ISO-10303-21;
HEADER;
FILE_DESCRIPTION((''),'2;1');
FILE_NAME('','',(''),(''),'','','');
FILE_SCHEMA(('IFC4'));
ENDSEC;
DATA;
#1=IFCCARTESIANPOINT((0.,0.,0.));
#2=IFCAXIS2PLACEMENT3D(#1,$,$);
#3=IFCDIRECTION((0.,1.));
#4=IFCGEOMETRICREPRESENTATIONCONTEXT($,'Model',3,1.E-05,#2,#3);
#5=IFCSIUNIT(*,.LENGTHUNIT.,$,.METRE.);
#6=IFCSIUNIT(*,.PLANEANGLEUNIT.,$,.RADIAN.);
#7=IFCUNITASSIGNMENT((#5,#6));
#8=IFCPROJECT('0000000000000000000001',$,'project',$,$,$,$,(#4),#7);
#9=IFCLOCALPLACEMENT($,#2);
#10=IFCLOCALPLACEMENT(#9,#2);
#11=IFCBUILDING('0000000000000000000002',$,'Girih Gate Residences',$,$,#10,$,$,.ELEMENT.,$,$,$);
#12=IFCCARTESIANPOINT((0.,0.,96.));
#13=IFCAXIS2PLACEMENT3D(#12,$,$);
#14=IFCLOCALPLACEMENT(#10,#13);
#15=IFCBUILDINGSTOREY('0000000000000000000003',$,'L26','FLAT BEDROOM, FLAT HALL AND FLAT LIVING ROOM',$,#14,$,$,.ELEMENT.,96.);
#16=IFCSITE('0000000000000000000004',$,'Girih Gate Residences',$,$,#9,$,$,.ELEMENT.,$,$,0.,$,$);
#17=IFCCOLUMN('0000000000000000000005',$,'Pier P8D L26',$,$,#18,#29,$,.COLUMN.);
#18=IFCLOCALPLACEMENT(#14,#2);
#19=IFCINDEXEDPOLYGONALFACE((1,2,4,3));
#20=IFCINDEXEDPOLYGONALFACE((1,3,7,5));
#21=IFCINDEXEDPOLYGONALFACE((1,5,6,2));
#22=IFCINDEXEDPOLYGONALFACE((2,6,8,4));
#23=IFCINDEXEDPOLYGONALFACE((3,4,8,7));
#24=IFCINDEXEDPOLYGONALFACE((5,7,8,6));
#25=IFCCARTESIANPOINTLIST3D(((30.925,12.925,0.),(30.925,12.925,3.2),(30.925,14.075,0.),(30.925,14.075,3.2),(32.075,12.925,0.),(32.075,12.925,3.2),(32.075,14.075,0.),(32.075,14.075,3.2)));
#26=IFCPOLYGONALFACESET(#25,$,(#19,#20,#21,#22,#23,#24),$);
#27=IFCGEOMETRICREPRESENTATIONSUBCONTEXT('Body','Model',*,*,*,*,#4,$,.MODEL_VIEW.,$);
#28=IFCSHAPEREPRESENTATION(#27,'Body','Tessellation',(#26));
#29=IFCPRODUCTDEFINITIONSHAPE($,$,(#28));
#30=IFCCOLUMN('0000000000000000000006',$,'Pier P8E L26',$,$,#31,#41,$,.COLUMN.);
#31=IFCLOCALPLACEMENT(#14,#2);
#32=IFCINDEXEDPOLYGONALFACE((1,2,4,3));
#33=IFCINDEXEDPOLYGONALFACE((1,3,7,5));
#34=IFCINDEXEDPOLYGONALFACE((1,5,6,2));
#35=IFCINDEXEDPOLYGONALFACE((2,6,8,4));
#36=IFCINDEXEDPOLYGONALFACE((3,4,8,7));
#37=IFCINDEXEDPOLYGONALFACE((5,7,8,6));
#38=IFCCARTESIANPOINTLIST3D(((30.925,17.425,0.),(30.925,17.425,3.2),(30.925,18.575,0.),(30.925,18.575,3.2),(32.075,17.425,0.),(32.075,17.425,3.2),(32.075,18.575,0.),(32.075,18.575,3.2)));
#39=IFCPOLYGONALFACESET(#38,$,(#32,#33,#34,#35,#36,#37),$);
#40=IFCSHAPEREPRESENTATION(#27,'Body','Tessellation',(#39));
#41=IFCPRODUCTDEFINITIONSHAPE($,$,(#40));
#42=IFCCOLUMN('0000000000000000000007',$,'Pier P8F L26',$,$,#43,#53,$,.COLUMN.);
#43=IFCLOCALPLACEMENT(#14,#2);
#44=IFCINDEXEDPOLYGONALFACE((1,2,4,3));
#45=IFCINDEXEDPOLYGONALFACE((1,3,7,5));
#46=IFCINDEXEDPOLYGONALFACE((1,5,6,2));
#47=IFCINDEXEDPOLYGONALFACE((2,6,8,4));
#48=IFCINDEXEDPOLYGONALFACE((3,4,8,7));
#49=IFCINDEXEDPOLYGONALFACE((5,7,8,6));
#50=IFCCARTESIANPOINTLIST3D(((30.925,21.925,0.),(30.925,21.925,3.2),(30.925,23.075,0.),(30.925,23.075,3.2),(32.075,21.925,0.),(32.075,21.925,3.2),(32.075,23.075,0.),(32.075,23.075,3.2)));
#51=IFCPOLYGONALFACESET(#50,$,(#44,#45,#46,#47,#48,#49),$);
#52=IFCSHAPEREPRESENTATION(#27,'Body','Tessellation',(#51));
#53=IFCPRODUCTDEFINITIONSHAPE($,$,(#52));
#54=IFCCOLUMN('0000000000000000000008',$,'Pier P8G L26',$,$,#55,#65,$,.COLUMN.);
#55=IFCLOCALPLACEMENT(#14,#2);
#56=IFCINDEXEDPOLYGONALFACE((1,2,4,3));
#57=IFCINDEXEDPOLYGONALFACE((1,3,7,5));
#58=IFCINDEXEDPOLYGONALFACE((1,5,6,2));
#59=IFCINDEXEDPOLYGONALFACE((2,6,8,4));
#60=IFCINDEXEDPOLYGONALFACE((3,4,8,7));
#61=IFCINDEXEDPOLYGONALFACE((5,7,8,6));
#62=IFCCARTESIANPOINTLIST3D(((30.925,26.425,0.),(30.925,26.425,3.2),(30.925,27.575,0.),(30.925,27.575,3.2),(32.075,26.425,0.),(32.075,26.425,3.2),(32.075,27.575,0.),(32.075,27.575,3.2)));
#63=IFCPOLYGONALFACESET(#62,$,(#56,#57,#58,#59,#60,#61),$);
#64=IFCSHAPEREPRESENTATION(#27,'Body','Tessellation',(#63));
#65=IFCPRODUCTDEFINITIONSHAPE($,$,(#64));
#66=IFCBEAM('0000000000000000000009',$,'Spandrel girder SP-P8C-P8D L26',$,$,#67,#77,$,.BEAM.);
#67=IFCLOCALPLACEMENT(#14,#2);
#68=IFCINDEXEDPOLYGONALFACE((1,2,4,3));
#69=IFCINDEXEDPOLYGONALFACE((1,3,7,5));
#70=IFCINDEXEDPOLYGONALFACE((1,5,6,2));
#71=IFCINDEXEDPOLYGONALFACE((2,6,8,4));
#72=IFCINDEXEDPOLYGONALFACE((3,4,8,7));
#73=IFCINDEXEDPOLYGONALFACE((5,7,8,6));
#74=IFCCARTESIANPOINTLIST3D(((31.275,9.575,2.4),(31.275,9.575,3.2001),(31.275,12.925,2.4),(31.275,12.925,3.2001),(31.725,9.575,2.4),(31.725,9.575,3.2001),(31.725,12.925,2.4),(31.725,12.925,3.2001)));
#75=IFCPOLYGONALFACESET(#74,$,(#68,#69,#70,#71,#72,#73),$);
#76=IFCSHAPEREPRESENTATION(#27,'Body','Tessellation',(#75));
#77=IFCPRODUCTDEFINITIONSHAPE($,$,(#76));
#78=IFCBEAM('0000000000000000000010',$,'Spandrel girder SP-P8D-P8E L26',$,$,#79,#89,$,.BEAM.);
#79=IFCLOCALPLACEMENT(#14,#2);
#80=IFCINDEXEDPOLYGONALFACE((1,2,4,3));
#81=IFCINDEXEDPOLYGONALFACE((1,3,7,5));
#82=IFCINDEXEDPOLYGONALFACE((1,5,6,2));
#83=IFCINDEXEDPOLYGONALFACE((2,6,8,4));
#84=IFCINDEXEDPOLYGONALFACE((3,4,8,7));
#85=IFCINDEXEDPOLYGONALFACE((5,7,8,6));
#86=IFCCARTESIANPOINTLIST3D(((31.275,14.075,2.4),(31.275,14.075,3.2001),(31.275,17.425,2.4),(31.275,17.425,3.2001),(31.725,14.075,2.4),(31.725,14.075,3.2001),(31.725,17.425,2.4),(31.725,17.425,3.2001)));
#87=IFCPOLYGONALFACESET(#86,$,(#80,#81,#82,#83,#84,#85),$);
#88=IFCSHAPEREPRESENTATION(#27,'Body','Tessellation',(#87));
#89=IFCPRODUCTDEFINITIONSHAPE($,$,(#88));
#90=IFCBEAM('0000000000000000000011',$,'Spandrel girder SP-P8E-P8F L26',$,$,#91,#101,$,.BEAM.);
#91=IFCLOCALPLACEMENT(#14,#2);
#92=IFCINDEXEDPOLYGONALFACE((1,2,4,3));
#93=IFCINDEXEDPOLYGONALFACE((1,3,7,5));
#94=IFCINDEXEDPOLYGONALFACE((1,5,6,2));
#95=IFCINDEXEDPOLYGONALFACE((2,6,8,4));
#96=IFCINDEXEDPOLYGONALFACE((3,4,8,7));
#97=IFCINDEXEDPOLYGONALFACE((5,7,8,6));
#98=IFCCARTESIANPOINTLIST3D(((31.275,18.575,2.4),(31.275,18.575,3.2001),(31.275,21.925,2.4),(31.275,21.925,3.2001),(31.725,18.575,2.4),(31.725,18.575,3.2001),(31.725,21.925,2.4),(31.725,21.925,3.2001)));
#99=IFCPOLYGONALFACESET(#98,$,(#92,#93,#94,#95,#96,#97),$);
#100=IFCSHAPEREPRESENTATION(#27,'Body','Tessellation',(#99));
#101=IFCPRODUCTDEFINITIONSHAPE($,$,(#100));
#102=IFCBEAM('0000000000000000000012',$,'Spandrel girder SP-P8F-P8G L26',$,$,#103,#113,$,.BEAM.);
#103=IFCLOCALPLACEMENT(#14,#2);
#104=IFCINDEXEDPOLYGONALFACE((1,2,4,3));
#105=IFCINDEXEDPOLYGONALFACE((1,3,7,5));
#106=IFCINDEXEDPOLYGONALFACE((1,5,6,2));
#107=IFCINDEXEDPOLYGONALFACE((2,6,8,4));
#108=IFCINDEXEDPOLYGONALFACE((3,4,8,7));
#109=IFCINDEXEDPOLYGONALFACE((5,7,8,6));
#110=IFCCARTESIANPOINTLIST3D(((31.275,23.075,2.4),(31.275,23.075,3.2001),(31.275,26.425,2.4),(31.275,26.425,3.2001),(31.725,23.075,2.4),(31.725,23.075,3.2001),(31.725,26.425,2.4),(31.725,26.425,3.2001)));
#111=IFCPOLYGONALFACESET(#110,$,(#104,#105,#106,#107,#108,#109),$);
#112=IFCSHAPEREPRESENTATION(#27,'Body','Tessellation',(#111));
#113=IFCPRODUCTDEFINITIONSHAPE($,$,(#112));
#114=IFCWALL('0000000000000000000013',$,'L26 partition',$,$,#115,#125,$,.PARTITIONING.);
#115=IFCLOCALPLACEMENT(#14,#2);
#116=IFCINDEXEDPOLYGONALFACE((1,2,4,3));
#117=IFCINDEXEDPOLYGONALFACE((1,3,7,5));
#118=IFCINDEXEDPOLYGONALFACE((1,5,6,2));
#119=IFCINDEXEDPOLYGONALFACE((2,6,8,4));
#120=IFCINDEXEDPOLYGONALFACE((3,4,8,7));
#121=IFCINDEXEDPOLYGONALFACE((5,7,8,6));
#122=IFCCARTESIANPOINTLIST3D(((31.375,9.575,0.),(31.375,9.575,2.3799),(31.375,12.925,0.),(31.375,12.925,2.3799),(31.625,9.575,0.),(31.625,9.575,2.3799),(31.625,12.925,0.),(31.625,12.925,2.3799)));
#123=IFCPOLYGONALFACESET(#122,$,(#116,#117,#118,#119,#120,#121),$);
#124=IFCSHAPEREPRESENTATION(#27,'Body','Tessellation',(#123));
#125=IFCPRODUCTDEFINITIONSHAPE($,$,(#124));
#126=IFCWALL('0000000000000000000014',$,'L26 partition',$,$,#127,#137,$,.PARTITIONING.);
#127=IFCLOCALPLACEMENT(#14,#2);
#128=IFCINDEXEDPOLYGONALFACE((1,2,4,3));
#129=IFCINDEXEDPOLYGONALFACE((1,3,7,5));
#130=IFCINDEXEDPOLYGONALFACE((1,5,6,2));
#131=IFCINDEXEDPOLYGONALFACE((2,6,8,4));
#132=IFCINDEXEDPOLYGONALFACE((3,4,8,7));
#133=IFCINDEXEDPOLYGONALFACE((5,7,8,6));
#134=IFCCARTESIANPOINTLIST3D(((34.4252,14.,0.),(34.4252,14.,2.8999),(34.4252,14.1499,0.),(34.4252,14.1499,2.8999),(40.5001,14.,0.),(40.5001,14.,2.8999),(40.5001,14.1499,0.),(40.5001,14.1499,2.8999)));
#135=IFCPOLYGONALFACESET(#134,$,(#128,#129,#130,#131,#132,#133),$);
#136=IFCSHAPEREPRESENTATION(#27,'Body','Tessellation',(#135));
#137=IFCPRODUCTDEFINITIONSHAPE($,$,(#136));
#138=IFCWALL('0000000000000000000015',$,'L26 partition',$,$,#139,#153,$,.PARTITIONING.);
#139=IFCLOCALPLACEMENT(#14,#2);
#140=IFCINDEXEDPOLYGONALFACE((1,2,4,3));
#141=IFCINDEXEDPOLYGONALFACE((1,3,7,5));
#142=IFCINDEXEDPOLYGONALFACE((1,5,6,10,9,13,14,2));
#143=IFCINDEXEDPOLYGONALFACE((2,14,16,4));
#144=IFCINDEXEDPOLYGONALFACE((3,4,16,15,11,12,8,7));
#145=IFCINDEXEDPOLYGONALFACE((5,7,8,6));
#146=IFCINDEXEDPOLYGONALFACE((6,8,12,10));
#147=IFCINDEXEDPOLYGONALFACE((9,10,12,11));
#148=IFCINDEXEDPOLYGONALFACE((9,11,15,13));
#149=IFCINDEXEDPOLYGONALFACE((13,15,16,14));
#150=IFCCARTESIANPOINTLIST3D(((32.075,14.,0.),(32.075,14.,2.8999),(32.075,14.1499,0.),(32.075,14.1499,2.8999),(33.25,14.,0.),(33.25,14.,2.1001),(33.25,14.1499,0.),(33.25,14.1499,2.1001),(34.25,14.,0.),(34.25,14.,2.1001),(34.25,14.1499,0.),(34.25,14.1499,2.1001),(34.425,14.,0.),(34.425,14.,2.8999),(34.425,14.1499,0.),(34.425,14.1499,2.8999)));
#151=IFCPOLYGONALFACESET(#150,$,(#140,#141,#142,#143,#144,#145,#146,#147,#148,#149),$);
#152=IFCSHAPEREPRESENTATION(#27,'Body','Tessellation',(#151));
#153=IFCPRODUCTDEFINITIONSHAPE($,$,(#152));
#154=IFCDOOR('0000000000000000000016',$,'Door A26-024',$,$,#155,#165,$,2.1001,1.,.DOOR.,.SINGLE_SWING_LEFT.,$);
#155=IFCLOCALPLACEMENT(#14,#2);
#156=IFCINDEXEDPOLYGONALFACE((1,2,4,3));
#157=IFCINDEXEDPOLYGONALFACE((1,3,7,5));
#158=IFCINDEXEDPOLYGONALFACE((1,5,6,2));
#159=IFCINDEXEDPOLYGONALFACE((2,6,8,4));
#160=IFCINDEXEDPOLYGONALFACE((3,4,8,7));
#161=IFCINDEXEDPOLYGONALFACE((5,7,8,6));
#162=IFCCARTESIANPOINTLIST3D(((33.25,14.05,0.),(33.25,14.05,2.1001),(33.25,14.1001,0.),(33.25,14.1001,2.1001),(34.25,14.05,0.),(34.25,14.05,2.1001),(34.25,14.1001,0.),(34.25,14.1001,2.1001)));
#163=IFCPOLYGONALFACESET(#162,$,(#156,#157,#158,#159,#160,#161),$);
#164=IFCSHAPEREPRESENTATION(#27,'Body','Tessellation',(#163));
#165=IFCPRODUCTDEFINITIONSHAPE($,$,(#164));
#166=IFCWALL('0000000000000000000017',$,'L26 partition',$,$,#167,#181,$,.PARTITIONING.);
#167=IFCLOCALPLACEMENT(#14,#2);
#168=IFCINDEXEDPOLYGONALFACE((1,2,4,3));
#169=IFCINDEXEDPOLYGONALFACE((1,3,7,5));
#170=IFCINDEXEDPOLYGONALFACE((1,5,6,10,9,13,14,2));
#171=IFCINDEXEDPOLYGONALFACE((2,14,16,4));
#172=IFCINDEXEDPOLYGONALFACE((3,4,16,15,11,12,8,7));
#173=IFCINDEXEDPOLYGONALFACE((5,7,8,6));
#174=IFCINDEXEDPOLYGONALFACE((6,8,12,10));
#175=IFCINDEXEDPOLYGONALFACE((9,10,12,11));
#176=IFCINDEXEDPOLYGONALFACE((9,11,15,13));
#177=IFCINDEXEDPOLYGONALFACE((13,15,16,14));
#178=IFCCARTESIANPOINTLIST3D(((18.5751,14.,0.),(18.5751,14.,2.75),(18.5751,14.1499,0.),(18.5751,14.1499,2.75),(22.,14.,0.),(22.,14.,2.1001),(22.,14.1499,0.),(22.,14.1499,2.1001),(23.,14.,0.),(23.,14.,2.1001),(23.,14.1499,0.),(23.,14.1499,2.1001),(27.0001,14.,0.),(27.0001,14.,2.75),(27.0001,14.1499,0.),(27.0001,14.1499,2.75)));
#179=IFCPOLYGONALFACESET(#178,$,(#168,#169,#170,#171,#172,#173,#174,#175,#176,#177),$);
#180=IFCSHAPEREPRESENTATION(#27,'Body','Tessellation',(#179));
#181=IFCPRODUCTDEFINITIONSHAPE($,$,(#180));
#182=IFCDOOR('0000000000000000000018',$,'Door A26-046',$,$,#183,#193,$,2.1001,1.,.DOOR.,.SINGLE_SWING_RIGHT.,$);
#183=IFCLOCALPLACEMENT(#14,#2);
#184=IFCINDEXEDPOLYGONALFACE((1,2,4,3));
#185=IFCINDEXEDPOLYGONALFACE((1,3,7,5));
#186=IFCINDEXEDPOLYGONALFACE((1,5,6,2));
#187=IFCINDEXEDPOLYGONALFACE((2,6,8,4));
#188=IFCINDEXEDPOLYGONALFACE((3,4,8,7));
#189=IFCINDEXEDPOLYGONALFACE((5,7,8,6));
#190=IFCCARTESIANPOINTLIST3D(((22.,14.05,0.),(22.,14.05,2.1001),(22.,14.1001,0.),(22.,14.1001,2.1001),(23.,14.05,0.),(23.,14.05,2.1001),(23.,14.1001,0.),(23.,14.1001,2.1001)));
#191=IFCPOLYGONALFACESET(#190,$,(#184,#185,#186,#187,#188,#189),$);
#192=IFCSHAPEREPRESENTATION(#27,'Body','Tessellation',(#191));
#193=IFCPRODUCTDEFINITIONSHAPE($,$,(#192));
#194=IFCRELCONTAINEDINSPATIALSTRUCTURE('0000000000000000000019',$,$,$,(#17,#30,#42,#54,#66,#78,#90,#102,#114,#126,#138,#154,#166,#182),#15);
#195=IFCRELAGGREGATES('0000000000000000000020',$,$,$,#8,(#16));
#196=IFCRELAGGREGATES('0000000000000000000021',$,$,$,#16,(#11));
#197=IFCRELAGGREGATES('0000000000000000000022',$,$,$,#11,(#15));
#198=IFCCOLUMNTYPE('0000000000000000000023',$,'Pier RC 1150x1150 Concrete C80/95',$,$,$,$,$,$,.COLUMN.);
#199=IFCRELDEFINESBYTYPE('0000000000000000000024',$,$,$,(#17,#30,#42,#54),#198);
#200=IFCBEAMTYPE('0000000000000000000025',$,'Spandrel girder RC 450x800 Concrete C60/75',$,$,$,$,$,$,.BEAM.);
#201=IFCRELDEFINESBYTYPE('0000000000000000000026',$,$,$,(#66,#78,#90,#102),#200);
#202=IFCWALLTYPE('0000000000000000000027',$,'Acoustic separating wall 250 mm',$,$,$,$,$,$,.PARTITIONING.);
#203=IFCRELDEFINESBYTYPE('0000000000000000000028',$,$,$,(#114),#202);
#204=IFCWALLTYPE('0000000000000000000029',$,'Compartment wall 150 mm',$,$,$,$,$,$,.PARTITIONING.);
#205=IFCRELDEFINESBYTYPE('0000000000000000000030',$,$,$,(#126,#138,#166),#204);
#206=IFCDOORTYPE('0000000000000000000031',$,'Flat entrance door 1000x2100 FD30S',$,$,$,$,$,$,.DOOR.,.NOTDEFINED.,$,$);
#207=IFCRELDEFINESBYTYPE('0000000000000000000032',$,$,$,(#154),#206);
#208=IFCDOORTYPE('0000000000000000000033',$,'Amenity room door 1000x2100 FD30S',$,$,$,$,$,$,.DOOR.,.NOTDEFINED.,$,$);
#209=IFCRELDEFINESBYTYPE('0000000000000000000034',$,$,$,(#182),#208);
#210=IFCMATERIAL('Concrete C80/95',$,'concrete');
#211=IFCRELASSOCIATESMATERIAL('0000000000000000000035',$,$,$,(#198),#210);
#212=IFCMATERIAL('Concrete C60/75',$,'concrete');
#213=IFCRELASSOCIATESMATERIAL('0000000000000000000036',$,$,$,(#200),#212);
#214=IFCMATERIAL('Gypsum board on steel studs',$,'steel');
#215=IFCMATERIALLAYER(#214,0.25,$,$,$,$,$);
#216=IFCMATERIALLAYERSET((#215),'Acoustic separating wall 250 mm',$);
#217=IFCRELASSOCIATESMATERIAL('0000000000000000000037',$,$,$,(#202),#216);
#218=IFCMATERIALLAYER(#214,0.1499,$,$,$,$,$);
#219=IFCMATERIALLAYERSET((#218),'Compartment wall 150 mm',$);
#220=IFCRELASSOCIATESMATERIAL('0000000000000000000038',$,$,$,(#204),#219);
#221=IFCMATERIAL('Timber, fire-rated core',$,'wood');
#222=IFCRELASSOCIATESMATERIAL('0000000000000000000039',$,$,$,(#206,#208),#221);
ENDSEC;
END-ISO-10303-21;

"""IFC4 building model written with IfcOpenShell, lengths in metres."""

from ifc_helpers import new_model, si_unit, direction, frame, frame_2d, origin, origin_2d, place, context, subcontext, project, spatial, rectangle, extrude, material, layer, layer_set, material_profile, profile_set, type_object, element, fill, save


model = new_model("IFC4")

# Units and contexts
model_context = context("Model", 3, precision=1e-05, world=origin(), true_north=direction((0.0, 1.0)))
body_context = subcontext(model_context, "Body", "Model", "MODEL_VIEW")
ifc_project = project(units=[si_unit("LENGTHUNIT", "METRE"), si_unit("PLANEANGLEUNIT", "RADIAN")], contexts=[model_context])

# Site, building, storey
site_placement = place(None, origin())
site = spatial("IfcSite", under=ifc_project, at=site_placement, Name="Girih Gate Residences", CompositionType="ELEMENT", RefElevation=0.0)
building_placement = place(site_placement, origin())
building = spatial("IfcBuilding", under=site, at=building_placement, Name="Girih Gate Residences", CompositionType="ELEMENT")
storey_placement = place(building_placement, frame((0.0, 0.0, 96.0)))
storey = spatial("IfcBuildingStorey", under=building, at=storey_placement, Name="L26", Description="FLAT BEDROOM, FLAT HALL AND FLAT LIVING ROOM", CompositionType="ELEMENT", Elevation=96.0)

# Columns
ifc_material_1 = material(Name="Concrete C80/95", Category="concrete")
ifc_material_profile_1 = material_profile(ifc_material_1, rectangle(XDim=1.1499, YDim=1.1499, at=origin_2d()))
ifc_profile_set_1 = profile_set([ifc_material_profile_1], Name="Concrete C80/95")
column_type = type_object("IfcColumnType", Name="Pier RC 1150x1150 Concrete C80/95", PredefinedType="COLUMN", material=ifc_profile_set_1)
for number, where, z_axis, x_axis, name in (
    (1, (31.5, 13.5, 0.0), (0.0, 0.0, 1.0), (1.0, 0.0, 0.0), "Pier P8D L26"),
    (2, (31.5, 18.0, 0.0), (0.0, 0.0, 1.0), (1.0, 0.0, 0.0), "Pier P8E L26"),
    (3, (31.5, 22.5, 0.0), (0.0, 0.0, 1.0), (1.0, 0.0, 0.0), "Pier P8F L26"),
    (4, (31.5, 27.0, 0.0), (0.0, 0.0, 1.0), (1.0, 0.0, 0.0), "Pier P8G L26"),
):
    element("IfcColumn", number, at=place(storey_placement, frame(where, z_axis=z_axis, x_axis=x_axis)), inside=storey, type_object=column_type, Name=name, PredefinedType="COLUMN", context=body_context, shape_type="SweptSolid", body=[
        extrude(rectangle(XDim=1.1499, YDim=1.1499, at=origin_2d()), origin(), (0.0, 0.0, 1.0), 3.2),
    ])

# Beams
ifc_material_2 = material(Name="Concrete C60/75", Category="concrete")
ifc_material_profile_2 = material_profile(ifc_material_2, rectangle(XDim=0.45, YDim=0.8, at=origin_2d()))
ifc_profile_set_2 = profile_set([ifc_material_profile_2], Name="Concrete C60/75")
beam_type = type_object("IfcBeamType", Name="Spandrel girder RC 450x800 Concrete C60/75", PredefinedType="BEAM", material=ifc_profile_set_2)
for number, where, z_axis, x_axis, name in (
    (5, (31.5, 9.575, 2.8), (0.0, 1.0, 0.0), (-1.0, 0.0, 0.0), "Spandrel girder SP-P8C-P8D L26"),
    (6, (31.5, 14.075, 2.8), (0.0, 1.0, 0.0), (-1.0, 0.0, 0.0), "Spandrel girder SP-P8D-P8E L26"),
    (7, (31.5, 18.575, 2.8), (0.0, 1.0, 0.0), (-1.0, 0.0, 0.0), "Spandrel girder SP-P8E-P8F L26"),
    (8, (31.5, 23.075, 2.8), (0.0, 1.0, 0.0), (-1.0, 0.0, 0.0), "Spandrel girder SP-P8F-P8G L26"),
):
    element("IfcBeam", number, at=place(storey_placement, frame(where, z_axis=z_axis, x_axis=x_axis)), inside=storey, type_object=beam_type, Name=name, PredefinedType="BEAM", context=body_context, shape_type="SweptSolid", body=[
        extrude(rectangle(XDim=0.45, YDim=0.8, at=origin_2d()), origin(), (0.0, 0.0, 1.0), 3.3501),
    ])

# Walls
ifc_material_3 = material(Name="Gypsum board on steel studs", Category="steel")
ifc_layer_1 = layer(ifc_material_3, 0.25)
ifc_layer_set_1 = layer_set([ifc_layer_1], Name="Acoustic separating wall 250 mm")
wall_type_1 = type_object("IfcWallType", Name="Acoustic separating wall 250 mm", PredefinedType="PARTITIONING", material=ifc_layer_set_1)
wall_1_placement = place(storey_placement, frame((31.5, 9.575, 0.0), z_axis=(0.0, 0.0, 1.0), x_axis=(0.0, 1.0, 0.0)))
element("IfcWall", 9, at=wall_1_placement, inside=storey, type_object=wall_type_1, Name="L26 partition", PredefinedType="PARTITIONING", context=body_context, shape_type="SweptSolid", body=[
    extrude(rectangle(XDim=3.3501, YDim=0.25, at=frame_2d((1.675, 0.0))), origin(), (0.0, 0.0, 1.0), 2.3799),
])
ifc_layer_2 = layer(ifc_material_3, 0.1499)
ifc_layer_set_2 = layer_set([ifc_layer_2], Name="Compartment wall 150 mm")
wall_type_2 = type_object("IfcWallType", Name="Compartment wall 150 mm", PredefinedType="PARTITIONING", material=ifc_layer_set_2)
wall_2_placement = place(storey_placement, frame((34.425, 14.075, 0.0), z_axis=(0.0, 0.0, 1.0), x_axis=(1.0, 0.0, 0.0)))
element("IfcWall", 10, at=wall_2_placement, inside=storey, type_object=wall_type_2, Name="L26 partition", PredefinedType="PARTITIONING", context=body_context, shape_type="SweptSolid", body=[
    extrude(rectangle(XDim=6.075, YDim=0.1499, at=frame_2d((3.0376, 0.0))), origin(), (0.0, 0.0, 1.0), 2.8999),
])

# Walls, openings, doors
wall_3_placement = place(storey_placement, frame((34.425, 14.075, 0.0), z_axis=(0.0, 0.0, 1.0), x_axis=(-1.0, 0.0, 0.0)))
wall_3 = element("IfcWall", 11, at=wall_3_placement, inside=storey, type_object=wall_type_2, Name="L26 partition", PredefinedType="PARTITIONING", context=body_context, shape_type="SweptSolid", body=[
    extrude(rectangle(XDim=2.3501, YDim=0.1499, at=frame_2d((1.175, 0.0))), origin(), (0.0, 0.0, 1.0), 2.8999),
])
opening_1_placement = place(wall_3_placement, frame((0.175, 0.0, 0.0)))
opening_1 = element("IfcOpeningElement", 12, at=opening_1_placement, cuts=wall_3, PredefinedType="OPENING", context=body_context, shape_type="SweptSolid", body=[
    extrude(rectangle(XDim=1.0, YDim=2.1001, at=frame_2d((0.5, 1.05))), frame((0.0, 0.085, 0.0), z_axis=(0.0, -1.0, 0.0), x_axis=(1.0, 0.0, 0.0)), (0.0, 0.0, 1.0), 0.1699),
])
ifc_material_4 = material(Name="Timber, fire-rated core", Category="wood")
door_type_1 = type_object("IfcDoorType", Name="Flat entrance door 1000x2100 FD30S", OperationType="NOTDEFINED", PredefinedType="DOOR", material=ifc_material_4)
door_1_placement = place(opening_1_placement, origin())
door_1 = element("IfcDoor", 13, at=door_1_placement, inside=storey, type_object=door_type_1, Name="Door A26-024", OperationType="SINGLE_SWING_LEFT", OverallHeight=2.1001, OverallWidth=1.0, PredefinedType="DOOR", context=body_context, shape_type="SweptSolid", body=[
    extrude(rectangle(XDim=1.0, YDim=2.1001, at=frame_2d((0.5, 1.05))), frame((0.0, 0.0249, 0.0), z_axis=(0.0, -1.0, 0.0), x_axis=(1.0, 0.0, 0.0)), (0.0, 0.0, 1.0), 0.05),
])
fill(opening_1, door_1)
wall_4_placement = place(storey_placement, frame((27.0, 14.075, 0.0), z_axis=(0.0, 0.0, 1.0), x_axis=(-1.0, 0.0, 0.0)))
wall_4 = element("IfcWall", 14, at=wall_4_placement, inside=storey, type_object=wall_type_2, Name="L26 partition", PredefinedType="PARTITIONING", context=body_context, shape_type="SweptSolid", body=[
    extrude(rectangle(XDim=8.425, YDim=0.1499, at=frame_2d((4.2124, 0.0))), origin(), (0.0, 0.0, 1.0), 2.75),
])
opening_2_placement = place(wall_4_placement, frame((4.0, 0.0, 0.0)))
opening_2 = element("IfcOpeningElement", 15, at=opening_2_placement, cuts=wall_4, PredefinedType="OPENING", context=body_context, shape_type="SweptSolid", body=[
    extrude(rectangle(XDim=1.0, YDim=2.1001, at=frame_2d((0.5, 1.05))), frame((0.0, 0.085, 0.0), z_axis=(0.0, -1.0, 0.0), x_axis=(1.0, 0.0, 0.0)), (0.0, 0.0, 1.0), 0.1699),
])
door_type_2 = type_object("IfcDoorType", Name="Amenity room door 1000x2100 FD30S", OperationType="NOTDEFINED", PredefinedType="DOOR", material=ifc_material_4)
door_2_placement = place(opening_2_placement, origin())
door_2 = element("IfcDoor", 16, at=door_2_placement, inside=storey, type_object=door_type_2, Name="Door A26-046", OperationType="SINGLE_SWING_RIGHT", OverallHeight=2.1001, OverallWidth=1.0, PredefinedType="DOOR", context=body_context, shape_type="SweptSolid", body=[
    extrude(rectangle(XDim=1.0, YDim=2.1001, at=frame_2d((0.5, 1.05))), frame((0.0, 0.0249, 0.0), z_axis=(0.0, -1.0, 0.0), x_axis=(1.0, 0.0, 0.0)), (0.0, 0.0, 1.0), 0.05),
])
fill(opening_2, door_2)

save(model, "model.ifc")
